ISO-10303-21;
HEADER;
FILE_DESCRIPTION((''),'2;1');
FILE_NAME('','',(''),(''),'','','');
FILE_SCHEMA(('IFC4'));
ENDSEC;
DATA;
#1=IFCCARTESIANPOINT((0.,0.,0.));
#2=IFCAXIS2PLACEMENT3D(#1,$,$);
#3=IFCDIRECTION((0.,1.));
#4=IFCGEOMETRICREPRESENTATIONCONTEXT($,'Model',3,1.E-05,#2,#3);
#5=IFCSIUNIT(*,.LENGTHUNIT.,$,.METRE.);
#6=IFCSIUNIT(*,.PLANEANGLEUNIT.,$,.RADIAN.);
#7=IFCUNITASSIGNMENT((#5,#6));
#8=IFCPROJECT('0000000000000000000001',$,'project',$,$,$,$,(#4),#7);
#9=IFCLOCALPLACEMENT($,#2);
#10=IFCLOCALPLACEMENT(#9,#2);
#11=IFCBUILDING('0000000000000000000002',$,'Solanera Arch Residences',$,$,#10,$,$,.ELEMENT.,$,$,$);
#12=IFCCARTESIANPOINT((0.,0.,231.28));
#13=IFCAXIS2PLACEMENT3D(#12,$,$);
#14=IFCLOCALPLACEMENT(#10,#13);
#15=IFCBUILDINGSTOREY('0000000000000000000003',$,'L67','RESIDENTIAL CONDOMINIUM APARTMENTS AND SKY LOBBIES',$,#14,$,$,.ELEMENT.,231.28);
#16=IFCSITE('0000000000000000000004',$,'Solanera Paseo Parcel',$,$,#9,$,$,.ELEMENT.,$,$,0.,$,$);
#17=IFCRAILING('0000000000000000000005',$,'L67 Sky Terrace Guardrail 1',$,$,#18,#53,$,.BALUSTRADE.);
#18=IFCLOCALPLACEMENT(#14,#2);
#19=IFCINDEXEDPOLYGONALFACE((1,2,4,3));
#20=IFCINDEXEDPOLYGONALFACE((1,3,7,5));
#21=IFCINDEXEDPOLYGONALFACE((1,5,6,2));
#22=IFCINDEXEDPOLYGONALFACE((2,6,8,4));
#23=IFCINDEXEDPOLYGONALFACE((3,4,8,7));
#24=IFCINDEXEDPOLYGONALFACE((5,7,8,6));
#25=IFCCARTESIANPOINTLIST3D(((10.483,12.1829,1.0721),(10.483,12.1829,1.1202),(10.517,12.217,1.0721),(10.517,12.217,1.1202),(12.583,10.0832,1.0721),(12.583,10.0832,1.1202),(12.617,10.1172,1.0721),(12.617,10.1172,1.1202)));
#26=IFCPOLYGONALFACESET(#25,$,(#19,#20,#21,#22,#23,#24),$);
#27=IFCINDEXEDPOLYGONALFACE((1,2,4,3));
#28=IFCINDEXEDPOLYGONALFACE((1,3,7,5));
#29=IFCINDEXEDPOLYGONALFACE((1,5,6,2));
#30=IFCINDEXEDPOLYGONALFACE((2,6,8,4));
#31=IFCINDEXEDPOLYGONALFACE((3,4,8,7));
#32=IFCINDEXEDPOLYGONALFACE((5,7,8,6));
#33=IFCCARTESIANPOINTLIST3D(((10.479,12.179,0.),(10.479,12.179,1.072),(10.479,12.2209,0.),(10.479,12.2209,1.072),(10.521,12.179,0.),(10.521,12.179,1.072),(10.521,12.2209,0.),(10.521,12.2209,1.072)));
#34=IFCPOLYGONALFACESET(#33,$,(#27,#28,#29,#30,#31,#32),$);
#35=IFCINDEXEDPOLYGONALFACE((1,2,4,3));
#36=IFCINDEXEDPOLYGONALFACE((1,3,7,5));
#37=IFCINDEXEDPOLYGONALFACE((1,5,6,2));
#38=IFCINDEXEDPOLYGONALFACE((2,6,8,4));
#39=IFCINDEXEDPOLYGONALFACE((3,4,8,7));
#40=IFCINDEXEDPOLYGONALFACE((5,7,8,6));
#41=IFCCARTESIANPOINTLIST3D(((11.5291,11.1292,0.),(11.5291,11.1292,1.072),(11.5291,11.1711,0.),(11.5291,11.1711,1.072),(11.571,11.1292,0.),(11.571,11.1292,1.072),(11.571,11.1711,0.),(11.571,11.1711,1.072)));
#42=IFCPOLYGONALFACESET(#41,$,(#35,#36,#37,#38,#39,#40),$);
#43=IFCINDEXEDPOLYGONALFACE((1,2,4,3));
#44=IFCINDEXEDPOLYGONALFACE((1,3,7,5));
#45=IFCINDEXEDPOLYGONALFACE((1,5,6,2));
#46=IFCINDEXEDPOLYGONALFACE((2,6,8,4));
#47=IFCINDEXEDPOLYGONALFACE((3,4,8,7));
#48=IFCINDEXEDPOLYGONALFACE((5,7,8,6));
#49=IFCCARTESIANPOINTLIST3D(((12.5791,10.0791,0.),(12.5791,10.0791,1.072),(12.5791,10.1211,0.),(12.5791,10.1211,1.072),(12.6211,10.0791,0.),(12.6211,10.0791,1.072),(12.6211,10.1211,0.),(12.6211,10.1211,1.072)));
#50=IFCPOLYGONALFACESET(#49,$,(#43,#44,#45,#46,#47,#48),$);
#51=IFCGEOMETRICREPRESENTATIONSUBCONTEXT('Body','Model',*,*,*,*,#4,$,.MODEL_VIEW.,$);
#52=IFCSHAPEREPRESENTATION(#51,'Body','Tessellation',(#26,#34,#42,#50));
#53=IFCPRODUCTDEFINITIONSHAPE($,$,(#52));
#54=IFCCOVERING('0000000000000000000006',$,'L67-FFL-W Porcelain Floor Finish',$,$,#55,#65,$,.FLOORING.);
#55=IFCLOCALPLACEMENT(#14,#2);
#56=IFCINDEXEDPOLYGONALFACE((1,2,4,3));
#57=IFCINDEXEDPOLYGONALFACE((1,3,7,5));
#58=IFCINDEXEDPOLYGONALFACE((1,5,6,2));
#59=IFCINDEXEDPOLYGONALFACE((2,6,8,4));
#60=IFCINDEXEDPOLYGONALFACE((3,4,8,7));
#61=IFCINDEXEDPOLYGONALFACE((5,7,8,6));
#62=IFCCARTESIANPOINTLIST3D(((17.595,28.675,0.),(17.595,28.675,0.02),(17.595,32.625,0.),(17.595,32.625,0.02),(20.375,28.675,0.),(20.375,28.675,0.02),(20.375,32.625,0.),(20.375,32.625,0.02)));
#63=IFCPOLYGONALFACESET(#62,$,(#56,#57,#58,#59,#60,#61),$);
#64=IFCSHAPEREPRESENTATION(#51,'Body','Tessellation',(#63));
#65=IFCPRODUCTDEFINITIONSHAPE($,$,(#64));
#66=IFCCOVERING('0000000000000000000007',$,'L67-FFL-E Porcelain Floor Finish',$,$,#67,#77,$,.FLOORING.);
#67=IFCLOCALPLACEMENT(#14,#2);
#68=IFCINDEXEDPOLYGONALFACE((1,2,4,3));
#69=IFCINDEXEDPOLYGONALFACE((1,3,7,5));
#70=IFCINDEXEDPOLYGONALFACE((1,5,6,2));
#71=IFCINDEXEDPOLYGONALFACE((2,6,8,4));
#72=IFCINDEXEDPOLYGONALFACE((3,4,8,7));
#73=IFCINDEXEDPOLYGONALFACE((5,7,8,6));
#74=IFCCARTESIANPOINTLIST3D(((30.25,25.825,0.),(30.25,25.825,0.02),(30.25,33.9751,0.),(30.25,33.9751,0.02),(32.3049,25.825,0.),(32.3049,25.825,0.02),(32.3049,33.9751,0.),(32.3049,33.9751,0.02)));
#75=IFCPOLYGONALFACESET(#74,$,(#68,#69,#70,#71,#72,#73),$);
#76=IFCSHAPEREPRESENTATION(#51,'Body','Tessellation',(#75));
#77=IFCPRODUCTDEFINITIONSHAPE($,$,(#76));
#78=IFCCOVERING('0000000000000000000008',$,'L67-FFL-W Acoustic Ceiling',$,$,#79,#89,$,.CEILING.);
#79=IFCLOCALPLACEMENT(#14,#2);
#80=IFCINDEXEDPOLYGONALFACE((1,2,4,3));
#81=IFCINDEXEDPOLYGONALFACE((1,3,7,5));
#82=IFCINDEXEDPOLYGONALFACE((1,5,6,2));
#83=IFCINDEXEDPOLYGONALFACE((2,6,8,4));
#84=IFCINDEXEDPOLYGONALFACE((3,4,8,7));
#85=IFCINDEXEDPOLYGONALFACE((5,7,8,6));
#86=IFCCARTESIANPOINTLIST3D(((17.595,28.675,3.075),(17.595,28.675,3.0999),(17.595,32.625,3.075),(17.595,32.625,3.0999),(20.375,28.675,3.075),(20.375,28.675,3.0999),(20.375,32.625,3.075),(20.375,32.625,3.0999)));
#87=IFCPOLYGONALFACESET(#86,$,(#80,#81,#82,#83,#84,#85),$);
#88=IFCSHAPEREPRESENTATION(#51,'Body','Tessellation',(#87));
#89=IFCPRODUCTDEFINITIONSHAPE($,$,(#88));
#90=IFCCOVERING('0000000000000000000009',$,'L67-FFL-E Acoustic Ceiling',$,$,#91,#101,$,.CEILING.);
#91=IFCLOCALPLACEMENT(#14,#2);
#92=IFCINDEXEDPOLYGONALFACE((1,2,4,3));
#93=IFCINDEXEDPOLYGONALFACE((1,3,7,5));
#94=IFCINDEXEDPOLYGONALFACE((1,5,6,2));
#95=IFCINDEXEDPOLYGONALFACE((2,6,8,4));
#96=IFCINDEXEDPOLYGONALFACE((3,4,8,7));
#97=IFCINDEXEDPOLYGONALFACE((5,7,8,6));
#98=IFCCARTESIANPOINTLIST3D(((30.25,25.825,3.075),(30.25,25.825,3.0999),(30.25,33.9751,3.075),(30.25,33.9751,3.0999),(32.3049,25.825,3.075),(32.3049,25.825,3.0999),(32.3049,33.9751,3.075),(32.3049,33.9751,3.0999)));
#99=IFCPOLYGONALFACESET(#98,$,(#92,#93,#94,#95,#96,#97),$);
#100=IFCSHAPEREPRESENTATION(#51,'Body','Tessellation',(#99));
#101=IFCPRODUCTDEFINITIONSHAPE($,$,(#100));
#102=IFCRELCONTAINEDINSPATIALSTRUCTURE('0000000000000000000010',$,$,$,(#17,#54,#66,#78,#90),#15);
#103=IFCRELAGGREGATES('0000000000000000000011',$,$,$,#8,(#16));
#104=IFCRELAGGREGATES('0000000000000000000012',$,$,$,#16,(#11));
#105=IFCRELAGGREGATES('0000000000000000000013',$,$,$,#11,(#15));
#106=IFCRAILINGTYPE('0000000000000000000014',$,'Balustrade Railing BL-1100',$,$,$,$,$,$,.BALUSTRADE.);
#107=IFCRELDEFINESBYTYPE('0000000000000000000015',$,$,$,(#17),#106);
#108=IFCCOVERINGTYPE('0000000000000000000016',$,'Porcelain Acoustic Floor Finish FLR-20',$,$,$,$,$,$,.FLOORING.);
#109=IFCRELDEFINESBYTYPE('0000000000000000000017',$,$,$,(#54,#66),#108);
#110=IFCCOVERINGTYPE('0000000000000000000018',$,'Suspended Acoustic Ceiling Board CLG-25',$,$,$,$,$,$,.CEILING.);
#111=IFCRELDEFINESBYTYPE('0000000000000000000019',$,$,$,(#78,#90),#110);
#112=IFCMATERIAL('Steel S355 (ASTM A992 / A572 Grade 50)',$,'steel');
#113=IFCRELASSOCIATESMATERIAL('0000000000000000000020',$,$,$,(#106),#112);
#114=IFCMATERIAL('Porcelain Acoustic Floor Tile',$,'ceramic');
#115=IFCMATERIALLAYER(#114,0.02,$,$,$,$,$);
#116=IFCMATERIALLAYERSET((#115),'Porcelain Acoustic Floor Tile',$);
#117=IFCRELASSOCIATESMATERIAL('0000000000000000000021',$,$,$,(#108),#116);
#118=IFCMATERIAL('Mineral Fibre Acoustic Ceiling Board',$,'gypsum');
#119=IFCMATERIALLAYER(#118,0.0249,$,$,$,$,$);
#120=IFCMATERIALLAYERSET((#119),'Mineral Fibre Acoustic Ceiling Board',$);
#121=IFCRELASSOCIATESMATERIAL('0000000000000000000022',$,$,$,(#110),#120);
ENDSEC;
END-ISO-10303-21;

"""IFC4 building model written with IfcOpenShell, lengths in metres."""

from ifc_helpers import new_model, si_unit, direction, frame, origin, origin_2d, place, context, subcontext, project, spatial, polyline, rectangle, outline, extrude, material, layer, layer_set, type_object, element, save


model = new_model("IFC4")

# Units and contexts
model_context = context("Model", 3, precision=1e-05, world=origin(), true_north=direction((0.0, 1.0)))
body_context = subcontext(model_context, "Body", "Model", "MODEL_VIEW")
ifc_project = project(units=[si_unit("LENGTHUNIT", "METRE"), si_unit("PLANEANGLEUNIT", "RADIAN")], contexts=[model_context])

# Site, building, storey
site_placement = place(None, origin())
site = spatial("IfcSite", under=ifc_project, at=site_placement, Name="Solanera Paseo Parcel", CompositionType="ELEMENT", RefElevation=0.0)
building_placement = place(site_placement, origin())
building = spatial("IfcBuilding", under=site, at=building_placement, Name="Solanera Arch Residences", CompositionType="ELEMENT")
storey_placement = place(building_placement, frame((0.0, 0.0, 231.28)))
storey = spatial("IfcBuildingStorey", under=building, at=storey_placement, Name="L67", Description="RESIDENTIAL CONDOMINIUM APARTMENTS AND SKY LOBBIES", CompositionType="ELEMENT", Elevation=231.28)

# Railing
ifc_material_1 = material(Name="Steel S355 (ASTM A992 / A572 Grade 50)", Category="steel")
railing_type = type_object("IfcRailingType", Name="Balustrade Railing BL-1100", PredefinedType="BALUSTRADE", material=ifc_material_1)
railing_1_placement = place(storey_placement, frame((10.5, 12.2, 0.0)))
element("IfcRailing", 1, at=railing_1_placement, inside=storey, type_object=railing_type, Name="L67 Sky Terrace Guardrail 1", PredefinedType="BALUSTRADE", context=body_context, shape_type="SweptSolid", body=[
    extrude(rectangle(XDim=0.0481, YDim=0.0481, at=origin_2d()), frame((0.0, 0.0, 1.0962), z_axis=(0.707148, -0.707066, 0.0), x_axis=(0.707066, 0.707148, 0.0)), (0.0, 0.0, 1.0), 2.9697),
    extrude(rectangle(XDim=0.042, YDim=0.042, at=origin_2d()), origin(), (0.0, 0.0, 1.0), 1.072),
    extrude(rectangle(XDim=0.042, YDim=0.042, at=origin_2d()), frame((1.05, -1.0498, 0.0)), (0.0, 0.0, 1.0), 1.072),
    extrude(rectangle(XDim=0.042, YDim=0.042, at=origin_2d()), frame((2.1001, -2.0999, 0.0)), (0.0, 0.0, 1.0), 1.072),
])

# Coverings
ifc_material_2 = material(Name="Porcelain Acoustic Floor Tile", Category="ceramic")
ifc_layer_1 = layer(ifc_material_2, 0.02)
ifc_layer_set_1 = layer_set([ifc_layer_1], Name="Porcelain Acoustic Floor Tile")
covering_type_1 = type_object("IfcCoveringType", Name="Porcelain Acoustic Floor Finish FLR-20", PredefinedType="FLOORING", material=ifc_layer_set_1)
covering_1_placement = place(storey_placement, origin())
element("IfcCovering", 2, at=covering_1_placement, inside=storey, type_object=covering_type_1, Name="L67-FFL-W Porcelain Floor Finish", PredefinedType="FLOORING", context=body_context, shape_type="SweptSolid", body=[
    extrude(outline(polyline([(20.375, 28.675), (17.595, 28.675), (17.595, 32.625), (20.375, 32.625), (20.375, 28.675)])), origin(), (0.0, 0.0, 1.0), 0.02),
])
covering_2_placement = place(storey_placement, origin())
element("IfcCovering", 3, at=covering_2_placement, inside=storey, type_object=covering_type_1, Name="L67-FFL-E Porcelain Floor Finish", PredefinedType="FLOORING", context=body_context, shape_type="SweptSolid", body=[
    extrude(outline(polyline([(32.3049, 25.825), (30.25, 25.825), (30.25, 33.9751), (32.3049, 33.9751), (32.3049, 25.825)])), origin(), (0.0, 0.0, 1.0), 0.02),
])
ifc_material_3 = material(Name="Mineral Fibre Acoustic Ceiling Board", Category="gypsum")
ifc_layer_2 = layer(ifc_material_3, 0.0249)
ifc_layer_set_2 = layer_set([ifc_layer_2], Name="Mineral Fibre Acoustic Ceiling Board")
covering_type_2 = type_object("IfcCoveringType", Name="Suspended Acoustic Ceiling Board CLG-25", PredefinedType="CEILING", material=ifc_layer_set_2)
covering_3_placement = place(storey_placement, frame((0.0, 0.0, 3.075)))
element("IfcCovering", 4, at=covering_3_placement, inside=storey, type_object=covering_type_2, Name="L67-FFL-W Acoustic Ceiling", PredefinedType="CEILING", context=body_context, shape_type="SweptSolid", body=[
    extrude(outline(polyline([(20.375, 28.675), (17.595, 28.675), (17.595, 32.625), (20.375, 32.625), (20.375, 28.675)])), origin(), (0.0, 0.0, 1.0), 0.0249),
])
covering_4_placement = place(storey_placement, frame((0.0, 0.0, 3.075)))
element("IfcCovering", 5, at=covering_4_placement, inside=storey, type_object=covering_type_2, Name="L67-FFL-E Acoustic Ceiling", PredefinedType="CEILING", context=body_context, shape_type="SweptSolid", body=[
    extrude(outline(polyline([(32.3049, 25.825), (30.25, 25.825), (30.25, 33.9751), (32.3049, 33.9751), (32.3049, 25.825)])), origin(), (0.0, 0.0, 1.0), 0.0249),
])

save(model, "model.ifc")
